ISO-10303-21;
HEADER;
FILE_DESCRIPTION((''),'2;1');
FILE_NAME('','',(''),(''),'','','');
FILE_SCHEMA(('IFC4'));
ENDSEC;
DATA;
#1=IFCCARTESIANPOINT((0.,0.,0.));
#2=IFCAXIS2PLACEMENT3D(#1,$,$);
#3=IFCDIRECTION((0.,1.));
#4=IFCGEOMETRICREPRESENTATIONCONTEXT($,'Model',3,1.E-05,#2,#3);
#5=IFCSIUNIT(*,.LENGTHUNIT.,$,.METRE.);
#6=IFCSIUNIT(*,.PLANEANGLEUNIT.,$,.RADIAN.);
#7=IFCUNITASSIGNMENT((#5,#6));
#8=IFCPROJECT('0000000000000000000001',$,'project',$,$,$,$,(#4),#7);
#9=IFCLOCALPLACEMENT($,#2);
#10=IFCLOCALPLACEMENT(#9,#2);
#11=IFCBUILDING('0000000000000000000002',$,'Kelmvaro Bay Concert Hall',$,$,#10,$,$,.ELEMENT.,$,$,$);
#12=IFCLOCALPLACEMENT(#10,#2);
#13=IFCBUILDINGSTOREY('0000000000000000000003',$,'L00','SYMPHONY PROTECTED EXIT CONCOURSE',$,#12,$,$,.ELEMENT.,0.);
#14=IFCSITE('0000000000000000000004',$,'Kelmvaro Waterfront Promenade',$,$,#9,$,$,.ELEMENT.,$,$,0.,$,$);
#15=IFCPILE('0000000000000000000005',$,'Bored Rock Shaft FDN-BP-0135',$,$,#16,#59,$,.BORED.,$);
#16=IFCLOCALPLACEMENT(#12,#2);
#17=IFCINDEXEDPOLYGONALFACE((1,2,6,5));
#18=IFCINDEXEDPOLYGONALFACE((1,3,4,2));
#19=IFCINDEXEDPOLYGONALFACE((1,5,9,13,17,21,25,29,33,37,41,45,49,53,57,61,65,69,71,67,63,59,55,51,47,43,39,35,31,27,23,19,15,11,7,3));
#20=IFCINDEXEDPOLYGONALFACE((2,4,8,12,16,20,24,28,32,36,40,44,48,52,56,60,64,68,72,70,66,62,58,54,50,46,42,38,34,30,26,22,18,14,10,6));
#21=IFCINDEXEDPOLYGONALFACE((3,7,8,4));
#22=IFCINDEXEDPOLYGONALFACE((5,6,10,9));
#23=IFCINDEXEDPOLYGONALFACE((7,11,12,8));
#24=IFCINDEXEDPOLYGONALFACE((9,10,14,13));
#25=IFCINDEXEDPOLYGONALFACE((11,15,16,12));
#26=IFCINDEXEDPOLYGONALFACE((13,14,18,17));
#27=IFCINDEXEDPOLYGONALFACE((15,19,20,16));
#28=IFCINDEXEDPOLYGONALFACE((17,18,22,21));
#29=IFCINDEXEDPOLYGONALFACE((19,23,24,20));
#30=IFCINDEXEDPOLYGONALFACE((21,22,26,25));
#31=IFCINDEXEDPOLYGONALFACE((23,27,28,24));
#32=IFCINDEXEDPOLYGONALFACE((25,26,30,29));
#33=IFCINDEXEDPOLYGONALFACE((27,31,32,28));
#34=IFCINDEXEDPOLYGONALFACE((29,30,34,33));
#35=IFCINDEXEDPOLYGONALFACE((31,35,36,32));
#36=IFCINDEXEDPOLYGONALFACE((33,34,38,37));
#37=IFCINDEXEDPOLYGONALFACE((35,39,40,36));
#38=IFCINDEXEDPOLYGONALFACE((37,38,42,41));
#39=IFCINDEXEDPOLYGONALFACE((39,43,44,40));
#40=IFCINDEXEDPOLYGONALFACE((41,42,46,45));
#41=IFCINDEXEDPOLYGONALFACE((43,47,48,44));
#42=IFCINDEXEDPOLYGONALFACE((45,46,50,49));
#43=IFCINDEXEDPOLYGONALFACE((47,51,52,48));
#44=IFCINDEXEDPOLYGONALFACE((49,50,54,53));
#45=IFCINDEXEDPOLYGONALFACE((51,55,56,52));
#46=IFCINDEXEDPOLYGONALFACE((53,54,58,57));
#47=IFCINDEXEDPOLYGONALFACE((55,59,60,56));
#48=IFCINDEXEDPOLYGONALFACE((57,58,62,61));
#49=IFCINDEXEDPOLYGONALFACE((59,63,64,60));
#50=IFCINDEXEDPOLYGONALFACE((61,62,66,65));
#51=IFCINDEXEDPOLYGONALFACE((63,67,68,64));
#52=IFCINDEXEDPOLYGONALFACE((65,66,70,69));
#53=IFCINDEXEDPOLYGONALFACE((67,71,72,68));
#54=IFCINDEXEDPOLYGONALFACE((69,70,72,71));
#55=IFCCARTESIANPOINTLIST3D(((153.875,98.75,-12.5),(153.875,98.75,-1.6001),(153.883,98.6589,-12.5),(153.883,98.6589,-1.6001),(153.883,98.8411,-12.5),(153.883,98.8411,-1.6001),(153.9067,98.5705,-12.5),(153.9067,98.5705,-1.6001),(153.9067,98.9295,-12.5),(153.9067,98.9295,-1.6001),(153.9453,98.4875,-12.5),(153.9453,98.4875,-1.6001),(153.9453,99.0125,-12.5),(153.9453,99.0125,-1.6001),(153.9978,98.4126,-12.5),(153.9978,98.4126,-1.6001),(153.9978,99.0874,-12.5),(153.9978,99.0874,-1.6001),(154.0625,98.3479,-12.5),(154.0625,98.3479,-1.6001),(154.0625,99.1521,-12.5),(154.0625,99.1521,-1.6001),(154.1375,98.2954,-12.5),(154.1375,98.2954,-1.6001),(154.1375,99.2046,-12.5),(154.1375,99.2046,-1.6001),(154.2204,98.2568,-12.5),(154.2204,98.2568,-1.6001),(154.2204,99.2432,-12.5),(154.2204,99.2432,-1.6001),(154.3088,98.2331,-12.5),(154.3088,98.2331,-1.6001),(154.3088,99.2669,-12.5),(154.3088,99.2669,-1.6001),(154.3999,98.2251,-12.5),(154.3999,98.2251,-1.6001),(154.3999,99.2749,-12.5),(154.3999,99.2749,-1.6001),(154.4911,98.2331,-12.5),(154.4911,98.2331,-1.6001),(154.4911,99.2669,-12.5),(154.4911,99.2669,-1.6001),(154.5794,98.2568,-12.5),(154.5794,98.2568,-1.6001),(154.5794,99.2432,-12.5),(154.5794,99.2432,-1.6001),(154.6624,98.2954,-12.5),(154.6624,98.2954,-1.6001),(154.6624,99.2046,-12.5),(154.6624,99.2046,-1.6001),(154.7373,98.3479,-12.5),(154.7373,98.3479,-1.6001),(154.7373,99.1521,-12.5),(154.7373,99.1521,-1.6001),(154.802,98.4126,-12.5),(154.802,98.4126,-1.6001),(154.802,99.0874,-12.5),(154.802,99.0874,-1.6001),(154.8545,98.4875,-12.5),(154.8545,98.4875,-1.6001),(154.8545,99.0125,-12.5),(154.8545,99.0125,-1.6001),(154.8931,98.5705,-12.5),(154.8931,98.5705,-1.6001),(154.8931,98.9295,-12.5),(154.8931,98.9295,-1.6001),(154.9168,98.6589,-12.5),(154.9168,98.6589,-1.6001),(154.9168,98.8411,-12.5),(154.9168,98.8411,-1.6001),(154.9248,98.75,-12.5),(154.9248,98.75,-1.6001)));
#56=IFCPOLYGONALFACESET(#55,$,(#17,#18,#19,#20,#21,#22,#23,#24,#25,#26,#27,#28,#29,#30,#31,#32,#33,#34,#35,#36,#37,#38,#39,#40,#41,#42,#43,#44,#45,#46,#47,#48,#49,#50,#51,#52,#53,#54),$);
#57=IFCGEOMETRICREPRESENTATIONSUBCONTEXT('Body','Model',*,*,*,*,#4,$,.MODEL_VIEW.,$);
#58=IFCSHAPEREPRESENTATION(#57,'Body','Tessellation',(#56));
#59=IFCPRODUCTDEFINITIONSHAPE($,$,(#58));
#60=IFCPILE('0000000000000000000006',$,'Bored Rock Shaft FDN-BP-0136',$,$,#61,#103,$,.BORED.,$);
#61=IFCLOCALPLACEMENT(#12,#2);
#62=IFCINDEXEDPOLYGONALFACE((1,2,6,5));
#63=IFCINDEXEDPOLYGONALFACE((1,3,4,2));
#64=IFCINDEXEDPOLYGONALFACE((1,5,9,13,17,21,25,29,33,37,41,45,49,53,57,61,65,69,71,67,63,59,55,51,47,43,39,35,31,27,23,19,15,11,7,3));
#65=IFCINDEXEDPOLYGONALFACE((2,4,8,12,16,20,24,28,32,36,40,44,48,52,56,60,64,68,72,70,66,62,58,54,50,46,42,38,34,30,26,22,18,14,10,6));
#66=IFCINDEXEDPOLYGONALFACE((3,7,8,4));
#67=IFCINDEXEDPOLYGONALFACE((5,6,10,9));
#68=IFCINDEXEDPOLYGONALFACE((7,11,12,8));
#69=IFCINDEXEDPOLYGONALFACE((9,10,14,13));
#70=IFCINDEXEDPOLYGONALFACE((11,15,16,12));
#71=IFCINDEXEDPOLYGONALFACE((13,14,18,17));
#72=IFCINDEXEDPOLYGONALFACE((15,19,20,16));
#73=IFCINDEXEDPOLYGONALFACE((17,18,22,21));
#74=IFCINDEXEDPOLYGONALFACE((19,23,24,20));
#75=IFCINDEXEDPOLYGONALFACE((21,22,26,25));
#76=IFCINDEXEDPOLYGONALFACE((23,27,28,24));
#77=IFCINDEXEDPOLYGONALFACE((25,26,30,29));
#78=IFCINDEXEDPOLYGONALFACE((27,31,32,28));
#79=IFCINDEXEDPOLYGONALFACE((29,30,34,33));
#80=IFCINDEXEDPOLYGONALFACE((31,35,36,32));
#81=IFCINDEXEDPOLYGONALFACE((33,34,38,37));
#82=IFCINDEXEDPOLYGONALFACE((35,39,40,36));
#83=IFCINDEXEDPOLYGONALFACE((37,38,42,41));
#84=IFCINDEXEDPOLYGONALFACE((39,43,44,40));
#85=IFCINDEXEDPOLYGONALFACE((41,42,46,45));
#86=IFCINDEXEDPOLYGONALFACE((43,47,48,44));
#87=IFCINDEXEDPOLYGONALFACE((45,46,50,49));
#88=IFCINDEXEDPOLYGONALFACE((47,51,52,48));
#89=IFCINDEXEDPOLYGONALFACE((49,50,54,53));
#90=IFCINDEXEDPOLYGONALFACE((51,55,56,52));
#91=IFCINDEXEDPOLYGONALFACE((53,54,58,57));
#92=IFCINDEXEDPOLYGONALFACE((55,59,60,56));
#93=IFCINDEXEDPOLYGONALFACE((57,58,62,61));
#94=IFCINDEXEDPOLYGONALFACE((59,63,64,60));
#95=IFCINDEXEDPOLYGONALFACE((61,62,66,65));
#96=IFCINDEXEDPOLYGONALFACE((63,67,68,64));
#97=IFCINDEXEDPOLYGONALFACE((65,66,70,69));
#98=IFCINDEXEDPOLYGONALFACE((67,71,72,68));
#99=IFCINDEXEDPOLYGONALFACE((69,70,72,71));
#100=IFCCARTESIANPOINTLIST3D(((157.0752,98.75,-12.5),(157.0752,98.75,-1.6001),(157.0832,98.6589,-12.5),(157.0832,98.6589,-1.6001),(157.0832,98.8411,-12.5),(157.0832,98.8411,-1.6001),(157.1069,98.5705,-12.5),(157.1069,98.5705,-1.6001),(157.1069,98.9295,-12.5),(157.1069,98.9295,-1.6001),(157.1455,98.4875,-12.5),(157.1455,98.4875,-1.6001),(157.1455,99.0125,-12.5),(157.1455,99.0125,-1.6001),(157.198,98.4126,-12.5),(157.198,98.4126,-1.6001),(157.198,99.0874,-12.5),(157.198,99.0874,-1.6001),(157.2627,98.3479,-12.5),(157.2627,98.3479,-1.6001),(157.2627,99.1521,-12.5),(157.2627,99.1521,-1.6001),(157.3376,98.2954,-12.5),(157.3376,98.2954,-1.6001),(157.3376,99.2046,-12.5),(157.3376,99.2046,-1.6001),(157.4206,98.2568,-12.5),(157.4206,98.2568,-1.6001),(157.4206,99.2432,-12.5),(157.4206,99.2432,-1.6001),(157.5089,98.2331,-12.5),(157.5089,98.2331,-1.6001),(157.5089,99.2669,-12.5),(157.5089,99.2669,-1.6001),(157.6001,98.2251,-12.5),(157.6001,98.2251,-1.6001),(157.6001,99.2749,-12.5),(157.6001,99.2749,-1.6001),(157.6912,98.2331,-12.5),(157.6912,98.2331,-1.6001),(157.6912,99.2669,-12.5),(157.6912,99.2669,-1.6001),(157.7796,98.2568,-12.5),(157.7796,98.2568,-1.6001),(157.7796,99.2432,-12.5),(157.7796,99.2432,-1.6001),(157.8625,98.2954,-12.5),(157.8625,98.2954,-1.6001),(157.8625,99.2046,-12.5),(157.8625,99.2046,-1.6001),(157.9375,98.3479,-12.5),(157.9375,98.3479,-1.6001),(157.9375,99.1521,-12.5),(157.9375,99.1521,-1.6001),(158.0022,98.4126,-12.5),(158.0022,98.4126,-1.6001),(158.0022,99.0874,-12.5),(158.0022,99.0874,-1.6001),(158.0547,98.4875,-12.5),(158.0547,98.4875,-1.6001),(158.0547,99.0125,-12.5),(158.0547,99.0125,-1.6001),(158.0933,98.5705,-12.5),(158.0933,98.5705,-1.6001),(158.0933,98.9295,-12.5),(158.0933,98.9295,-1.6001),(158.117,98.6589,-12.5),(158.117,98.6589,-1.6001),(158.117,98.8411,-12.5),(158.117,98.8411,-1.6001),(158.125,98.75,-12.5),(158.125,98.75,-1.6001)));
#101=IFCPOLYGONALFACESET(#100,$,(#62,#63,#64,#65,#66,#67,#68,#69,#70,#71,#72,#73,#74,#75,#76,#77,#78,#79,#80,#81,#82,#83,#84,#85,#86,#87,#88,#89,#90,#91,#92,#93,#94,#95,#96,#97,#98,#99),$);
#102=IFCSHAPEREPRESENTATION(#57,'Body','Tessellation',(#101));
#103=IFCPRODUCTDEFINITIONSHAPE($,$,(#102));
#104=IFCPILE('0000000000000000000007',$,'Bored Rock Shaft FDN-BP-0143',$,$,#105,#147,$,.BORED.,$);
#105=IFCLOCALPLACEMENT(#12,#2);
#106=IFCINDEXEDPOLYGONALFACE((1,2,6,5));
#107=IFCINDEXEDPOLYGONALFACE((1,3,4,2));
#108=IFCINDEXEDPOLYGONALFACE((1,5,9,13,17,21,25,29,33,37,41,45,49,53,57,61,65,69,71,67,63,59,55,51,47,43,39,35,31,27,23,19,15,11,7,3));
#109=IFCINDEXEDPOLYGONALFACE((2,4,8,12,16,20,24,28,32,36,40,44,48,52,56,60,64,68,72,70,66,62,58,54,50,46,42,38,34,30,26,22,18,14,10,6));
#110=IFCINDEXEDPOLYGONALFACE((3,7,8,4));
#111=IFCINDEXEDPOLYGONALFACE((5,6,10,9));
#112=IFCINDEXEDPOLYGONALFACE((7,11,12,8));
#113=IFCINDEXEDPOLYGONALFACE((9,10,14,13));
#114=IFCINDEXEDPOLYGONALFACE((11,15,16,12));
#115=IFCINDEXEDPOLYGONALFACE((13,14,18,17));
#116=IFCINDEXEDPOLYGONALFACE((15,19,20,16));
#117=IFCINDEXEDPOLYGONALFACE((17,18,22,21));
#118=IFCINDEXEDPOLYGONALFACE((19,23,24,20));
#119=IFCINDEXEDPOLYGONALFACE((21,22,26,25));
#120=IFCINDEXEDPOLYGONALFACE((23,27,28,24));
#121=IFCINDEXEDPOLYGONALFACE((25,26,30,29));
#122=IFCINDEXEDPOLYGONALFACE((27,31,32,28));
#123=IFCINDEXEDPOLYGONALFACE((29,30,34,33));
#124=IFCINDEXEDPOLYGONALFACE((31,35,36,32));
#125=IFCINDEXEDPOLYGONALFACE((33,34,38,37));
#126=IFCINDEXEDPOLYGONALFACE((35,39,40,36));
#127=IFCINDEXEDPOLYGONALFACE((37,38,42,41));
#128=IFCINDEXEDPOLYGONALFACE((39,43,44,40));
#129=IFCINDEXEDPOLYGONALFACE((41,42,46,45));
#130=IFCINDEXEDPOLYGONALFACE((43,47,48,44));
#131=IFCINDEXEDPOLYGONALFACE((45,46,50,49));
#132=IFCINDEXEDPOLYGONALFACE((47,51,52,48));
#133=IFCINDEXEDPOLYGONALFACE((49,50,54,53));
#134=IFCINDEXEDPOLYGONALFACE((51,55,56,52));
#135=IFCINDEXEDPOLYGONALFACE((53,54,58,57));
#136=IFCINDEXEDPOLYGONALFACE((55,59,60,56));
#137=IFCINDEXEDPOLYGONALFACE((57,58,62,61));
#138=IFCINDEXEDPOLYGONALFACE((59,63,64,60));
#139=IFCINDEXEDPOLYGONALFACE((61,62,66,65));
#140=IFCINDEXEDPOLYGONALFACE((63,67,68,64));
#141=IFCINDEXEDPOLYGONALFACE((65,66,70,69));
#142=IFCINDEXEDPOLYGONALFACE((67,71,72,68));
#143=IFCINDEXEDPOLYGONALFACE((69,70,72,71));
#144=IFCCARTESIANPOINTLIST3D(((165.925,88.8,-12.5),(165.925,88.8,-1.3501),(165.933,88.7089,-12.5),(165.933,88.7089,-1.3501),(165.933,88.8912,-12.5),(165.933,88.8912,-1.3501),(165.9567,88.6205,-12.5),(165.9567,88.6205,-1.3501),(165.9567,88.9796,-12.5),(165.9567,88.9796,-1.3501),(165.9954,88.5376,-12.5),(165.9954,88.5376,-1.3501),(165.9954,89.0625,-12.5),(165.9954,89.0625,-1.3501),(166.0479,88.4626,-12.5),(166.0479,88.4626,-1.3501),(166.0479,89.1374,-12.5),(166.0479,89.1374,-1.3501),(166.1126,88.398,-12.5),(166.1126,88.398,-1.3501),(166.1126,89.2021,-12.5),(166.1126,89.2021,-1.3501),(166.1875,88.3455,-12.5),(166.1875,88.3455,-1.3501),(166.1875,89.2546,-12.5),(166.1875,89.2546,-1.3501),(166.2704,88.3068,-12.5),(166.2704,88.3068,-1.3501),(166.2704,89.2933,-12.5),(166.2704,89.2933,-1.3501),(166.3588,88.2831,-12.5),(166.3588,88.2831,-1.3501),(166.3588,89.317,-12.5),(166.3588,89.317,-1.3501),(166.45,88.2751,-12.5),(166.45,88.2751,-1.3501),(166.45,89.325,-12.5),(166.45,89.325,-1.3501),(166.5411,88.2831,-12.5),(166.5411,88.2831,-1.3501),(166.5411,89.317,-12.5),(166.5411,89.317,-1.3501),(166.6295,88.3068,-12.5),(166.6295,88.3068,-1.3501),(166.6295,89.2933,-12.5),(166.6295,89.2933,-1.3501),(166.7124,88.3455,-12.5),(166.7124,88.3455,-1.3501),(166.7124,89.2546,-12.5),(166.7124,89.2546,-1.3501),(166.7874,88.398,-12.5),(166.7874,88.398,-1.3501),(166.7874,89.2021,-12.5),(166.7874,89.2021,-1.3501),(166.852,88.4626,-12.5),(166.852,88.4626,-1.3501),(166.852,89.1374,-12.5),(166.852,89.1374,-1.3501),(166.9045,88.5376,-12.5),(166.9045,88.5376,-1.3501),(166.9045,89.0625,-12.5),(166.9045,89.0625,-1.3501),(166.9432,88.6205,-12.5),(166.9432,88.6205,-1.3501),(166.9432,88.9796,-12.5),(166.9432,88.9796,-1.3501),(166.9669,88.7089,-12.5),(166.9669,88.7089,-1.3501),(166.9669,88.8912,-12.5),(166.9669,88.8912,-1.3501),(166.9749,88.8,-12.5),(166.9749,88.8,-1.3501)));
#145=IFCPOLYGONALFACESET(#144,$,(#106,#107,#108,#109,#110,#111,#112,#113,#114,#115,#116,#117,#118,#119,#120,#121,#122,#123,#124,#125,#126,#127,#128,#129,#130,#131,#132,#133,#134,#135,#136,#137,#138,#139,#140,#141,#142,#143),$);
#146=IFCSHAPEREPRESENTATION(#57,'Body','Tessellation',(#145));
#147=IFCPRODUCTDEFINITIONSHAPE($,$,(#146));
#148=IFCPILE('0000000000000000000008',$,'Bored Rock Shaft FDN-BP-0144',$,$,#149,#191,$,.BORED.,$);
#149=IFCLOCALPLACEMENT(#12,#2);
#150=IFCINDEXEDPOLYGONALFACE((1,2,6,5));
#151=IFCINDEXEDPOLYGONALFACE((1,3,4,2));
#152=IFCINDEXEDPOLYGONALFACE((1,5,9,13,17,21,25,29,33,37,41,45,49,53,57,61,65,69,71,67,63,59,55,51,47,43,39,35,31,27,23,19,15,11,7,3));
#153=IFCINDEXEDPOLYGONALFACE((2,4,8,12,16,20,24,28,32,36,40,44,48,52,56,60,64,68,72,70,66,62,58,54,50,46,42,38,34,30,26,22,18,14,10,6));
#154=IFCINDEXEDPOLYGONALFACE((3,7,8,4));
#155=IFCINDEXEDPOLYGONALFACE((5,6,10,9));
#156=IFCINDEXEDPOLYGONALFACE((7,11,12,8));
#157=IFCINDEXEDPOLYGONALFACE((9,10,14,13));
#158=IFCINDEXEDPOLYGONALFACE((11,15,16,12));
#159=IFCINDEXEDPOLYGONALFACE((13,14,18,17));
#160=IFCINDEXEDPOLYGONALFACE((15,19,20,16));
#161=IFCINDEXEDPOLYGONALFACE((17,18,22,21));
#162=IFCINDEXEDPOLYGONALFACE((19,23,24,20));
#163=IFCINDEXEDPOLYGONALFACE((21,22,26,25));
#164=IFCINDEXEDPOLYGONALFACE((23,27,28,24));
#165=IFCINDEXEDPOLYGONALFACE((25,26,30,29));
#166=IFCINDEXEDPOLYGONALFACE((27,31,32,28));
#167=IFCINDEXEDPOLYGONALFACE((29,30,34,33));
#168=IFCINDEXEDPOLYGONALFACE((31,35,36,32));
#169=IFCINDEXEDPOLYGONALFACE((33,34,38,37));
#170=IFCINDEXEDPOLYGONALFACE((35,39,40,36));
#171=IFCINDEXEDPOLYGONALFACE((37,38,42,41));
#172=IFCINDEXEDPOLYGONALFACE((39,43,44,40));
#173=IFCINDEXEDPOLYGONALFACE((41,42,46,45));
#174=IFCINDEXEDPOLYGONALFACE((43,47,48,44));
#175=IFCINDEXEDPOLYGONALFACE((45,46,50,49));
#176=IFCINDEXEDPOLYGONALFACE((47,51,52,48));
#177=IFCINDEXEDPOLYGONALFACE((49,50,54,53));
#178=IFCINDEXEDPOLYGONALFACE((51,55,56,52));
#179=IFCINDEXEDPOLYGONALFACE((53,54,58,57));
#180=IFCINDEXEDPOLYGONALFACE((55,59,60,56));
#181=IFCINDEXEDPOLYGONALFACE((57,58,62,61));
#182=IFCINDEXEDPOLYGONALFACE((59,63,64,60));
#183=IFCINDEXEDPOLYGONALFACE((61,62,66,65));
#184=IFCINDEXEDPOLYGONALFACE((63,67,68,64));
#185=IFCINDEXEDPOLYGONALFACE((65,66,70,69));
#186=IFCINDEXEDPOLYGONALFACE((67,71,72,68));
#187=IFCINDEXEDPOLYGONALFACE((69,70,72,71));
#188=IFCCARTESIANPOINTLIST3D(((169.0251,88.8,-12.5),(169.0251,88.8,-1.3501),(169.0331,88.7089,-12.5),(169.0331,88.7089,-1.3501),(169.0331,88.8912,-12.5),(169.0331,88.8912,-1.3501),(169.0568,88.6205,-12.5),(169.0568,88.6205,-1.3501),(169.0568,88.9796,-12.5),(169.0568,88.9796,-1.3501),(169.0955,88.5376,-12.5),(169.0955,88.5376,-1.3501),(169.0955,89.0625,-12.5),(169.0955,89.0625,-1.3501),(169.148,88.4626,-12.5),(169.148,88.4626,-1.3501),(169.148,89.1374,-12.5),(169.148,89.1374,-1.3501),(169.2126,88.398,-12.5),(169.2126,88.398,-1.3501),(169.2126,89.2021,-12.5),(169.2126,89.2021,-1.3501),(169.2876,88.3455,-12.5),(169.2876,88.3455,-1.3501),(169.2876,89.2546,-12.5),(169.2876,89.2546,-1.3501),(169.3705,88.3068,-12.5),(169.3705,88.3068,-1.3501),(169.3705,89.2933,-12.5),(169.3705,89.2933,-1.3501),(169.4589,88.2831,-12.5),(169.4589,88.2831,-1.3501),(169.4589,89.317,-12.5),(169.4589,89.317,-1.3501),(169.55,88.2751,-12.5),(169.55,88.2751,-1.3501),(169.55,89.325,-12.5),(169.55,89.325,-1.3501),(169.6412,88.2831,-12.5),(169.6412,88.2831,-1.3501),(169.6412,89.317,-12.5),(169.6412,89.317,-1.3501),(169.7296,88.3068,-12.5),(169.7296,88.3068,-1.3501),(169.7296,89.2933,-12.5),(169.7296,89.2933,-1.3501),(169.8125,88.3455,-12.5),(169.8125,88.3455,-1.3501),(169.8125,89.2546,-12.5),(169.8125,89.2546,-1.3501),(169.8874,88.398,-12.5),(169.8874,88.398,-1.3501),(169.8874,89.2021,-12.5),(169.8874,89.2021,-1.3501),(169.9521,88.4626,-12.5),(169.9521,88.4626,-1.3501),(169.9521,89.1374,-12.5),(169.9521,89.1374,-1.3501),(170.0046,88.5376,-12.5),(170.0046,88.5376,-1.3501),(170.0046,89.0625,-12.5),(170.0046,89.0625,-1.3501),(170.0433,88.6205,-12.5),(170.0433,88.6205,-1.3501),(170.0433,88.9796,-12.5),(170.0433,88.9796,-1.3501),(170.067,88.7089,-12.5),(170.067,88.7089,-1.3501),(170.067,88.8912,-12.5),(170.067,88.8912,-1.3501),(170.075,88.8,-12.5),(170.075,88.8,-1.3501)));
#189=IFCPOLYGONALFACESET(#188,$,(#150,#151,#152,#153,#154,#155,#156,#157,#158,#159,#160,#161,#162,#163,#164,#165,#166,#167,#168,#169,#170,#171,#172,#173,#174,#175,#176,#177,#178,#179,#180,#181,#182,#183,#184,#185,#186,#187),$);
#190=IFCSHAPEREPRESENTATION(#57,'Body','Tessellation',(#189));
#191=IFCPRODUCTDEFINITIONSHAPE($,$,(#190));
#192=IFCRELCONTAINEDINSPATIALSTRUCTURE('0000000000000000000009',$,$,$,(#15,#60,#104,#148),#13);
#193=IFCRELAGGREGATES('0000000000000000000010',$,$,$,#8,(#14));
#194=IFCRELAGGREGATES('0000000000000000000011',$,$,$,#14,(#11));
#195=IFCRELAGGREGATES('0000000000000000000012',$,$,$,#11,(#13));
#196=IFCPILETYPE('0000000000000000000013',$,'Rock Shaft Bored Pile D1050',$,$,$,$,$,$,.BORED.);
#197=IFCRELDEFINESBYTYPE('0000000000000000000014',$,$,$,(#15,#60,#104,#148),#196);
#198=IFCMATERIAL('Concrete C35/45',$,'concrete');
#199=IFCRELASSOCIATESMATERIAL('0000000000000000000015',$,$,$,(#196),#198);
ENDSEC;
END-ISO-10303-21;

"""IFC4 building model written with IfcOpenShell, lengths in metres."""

from ifc_helpers import new_model, si_unit, direction, frame, origin, origin_2d, place, context, subcontext, project, spatial, circle, extrude, material, material_profile, profile_set, type_object, element, save


model = new_model("IFC4")

# Units and contexts
model_context = context("Model", 3, precision=1e-05, world=origin(), true_north=direction((0.0, 1.0)))
body_context = subcontext(model_context, "Body", "Model", "MODEL_VIEW")
ifc_project = project(units=[si_unit("LENGTHUNIT", "METRE"), si_unit("PLANEANGLEUNIT", "RADIAN")], contexts=[model_context])

# Site, building, storey
site_placement = place(None, origin())
site = spatial("IfcSite", under=ifc_project, at=site_placement, Name="Kelmvaro Waterfront Promenade", CompositionType="ELEMENT", RefElevation=0.0)
building_placement = place(site_placement, origin())
building = spatial("IfcBuilding", under=site, at=building_placement, Name="Kelmvaro Bay Concert Hall", CompositionType="ELEMENT")
storey_placement = place(building_placement, origin())
storey = spatial("IfcBuildingStorey", under=building, at=storey_placement, Name="L00", Description="SYMPHONY PROTECTED EXIT CONCOURSE", CompositionType="ELEMENT", Elevation=0.0)

# Piles
ifc_material_1 = material(Name="Concrete C35/45", Category="concrete")
ifc_material_profile_1 = material_profile(ifc_material_1, circle(Radius=0.5249, at=origin_2d()), Name="PILE-BORED-1050")
ifc_profile_set_1 = profile_set([ifc_material_profile_1], Name="Concrete C35/45")
pile_type = type_object("IfcPileType", Name="Rock Shaft Bored Pile D1050", PredefinedType="BORED", material=ifc_profile_set_1)
for number, where, z_axis, x_axis, name in (
    (1, (154.3999, 98.75, -1.6001), (0.0, 0.0, -1.0), (1.0, 0.0, 0.0), "Bored Rock Shaft FDN-BP-0135"),
    (2, (157.6001, 98.75, -1.6001), (0.0, 0.0, -1.0), (1.0, 0.0, 0.0), "Bored Rock Shaft FDN-BP-0136"),
):
    element("IfcPile", number, at=place(storey_placement, frame(where, z_axis=z_axis, x_axis=x_axis)), inside=storey, type_object=pile_type, Name=name, PredefinedType="BORED", context=body_context, shape_type="SweptSolid", body=[
        extrude(circle(Radius=0.5249, at=origin_2d()), origin(), (0.0, 0.0, 1.0), 10.8999),
    ])
for number, where, z_axis, x_axis, name in (
    (3, (166.45, 88.8, -1.3501), (0.0, 0.0, -1.0), (1.0, 0.0, 0.0), "Bored Rock Shaft FDN-BP-0143"),
    (4, (169.55, 88.8, -1.3501), (0.0, 0.0, -1.0), (1.0, 0.0, 0.0), "Bored Rock Shaft FDN-BP-0144"),
):
    element("IfcPile", number, at=place(storey_placement, frame(where, z_axis=z_axis, x_axis=x_axis)), inside=storey, type_object=pile_type, Name=name, PredefinedType="BORED", context=body_context, shape_type="SweptSolid", body=[
        extrude(circle(Radius=0.5249, at=origin_2d()), origin(), (0.0, 0.0, 1.0), 11.1499),
    ])

save(model, "model.ifc")
